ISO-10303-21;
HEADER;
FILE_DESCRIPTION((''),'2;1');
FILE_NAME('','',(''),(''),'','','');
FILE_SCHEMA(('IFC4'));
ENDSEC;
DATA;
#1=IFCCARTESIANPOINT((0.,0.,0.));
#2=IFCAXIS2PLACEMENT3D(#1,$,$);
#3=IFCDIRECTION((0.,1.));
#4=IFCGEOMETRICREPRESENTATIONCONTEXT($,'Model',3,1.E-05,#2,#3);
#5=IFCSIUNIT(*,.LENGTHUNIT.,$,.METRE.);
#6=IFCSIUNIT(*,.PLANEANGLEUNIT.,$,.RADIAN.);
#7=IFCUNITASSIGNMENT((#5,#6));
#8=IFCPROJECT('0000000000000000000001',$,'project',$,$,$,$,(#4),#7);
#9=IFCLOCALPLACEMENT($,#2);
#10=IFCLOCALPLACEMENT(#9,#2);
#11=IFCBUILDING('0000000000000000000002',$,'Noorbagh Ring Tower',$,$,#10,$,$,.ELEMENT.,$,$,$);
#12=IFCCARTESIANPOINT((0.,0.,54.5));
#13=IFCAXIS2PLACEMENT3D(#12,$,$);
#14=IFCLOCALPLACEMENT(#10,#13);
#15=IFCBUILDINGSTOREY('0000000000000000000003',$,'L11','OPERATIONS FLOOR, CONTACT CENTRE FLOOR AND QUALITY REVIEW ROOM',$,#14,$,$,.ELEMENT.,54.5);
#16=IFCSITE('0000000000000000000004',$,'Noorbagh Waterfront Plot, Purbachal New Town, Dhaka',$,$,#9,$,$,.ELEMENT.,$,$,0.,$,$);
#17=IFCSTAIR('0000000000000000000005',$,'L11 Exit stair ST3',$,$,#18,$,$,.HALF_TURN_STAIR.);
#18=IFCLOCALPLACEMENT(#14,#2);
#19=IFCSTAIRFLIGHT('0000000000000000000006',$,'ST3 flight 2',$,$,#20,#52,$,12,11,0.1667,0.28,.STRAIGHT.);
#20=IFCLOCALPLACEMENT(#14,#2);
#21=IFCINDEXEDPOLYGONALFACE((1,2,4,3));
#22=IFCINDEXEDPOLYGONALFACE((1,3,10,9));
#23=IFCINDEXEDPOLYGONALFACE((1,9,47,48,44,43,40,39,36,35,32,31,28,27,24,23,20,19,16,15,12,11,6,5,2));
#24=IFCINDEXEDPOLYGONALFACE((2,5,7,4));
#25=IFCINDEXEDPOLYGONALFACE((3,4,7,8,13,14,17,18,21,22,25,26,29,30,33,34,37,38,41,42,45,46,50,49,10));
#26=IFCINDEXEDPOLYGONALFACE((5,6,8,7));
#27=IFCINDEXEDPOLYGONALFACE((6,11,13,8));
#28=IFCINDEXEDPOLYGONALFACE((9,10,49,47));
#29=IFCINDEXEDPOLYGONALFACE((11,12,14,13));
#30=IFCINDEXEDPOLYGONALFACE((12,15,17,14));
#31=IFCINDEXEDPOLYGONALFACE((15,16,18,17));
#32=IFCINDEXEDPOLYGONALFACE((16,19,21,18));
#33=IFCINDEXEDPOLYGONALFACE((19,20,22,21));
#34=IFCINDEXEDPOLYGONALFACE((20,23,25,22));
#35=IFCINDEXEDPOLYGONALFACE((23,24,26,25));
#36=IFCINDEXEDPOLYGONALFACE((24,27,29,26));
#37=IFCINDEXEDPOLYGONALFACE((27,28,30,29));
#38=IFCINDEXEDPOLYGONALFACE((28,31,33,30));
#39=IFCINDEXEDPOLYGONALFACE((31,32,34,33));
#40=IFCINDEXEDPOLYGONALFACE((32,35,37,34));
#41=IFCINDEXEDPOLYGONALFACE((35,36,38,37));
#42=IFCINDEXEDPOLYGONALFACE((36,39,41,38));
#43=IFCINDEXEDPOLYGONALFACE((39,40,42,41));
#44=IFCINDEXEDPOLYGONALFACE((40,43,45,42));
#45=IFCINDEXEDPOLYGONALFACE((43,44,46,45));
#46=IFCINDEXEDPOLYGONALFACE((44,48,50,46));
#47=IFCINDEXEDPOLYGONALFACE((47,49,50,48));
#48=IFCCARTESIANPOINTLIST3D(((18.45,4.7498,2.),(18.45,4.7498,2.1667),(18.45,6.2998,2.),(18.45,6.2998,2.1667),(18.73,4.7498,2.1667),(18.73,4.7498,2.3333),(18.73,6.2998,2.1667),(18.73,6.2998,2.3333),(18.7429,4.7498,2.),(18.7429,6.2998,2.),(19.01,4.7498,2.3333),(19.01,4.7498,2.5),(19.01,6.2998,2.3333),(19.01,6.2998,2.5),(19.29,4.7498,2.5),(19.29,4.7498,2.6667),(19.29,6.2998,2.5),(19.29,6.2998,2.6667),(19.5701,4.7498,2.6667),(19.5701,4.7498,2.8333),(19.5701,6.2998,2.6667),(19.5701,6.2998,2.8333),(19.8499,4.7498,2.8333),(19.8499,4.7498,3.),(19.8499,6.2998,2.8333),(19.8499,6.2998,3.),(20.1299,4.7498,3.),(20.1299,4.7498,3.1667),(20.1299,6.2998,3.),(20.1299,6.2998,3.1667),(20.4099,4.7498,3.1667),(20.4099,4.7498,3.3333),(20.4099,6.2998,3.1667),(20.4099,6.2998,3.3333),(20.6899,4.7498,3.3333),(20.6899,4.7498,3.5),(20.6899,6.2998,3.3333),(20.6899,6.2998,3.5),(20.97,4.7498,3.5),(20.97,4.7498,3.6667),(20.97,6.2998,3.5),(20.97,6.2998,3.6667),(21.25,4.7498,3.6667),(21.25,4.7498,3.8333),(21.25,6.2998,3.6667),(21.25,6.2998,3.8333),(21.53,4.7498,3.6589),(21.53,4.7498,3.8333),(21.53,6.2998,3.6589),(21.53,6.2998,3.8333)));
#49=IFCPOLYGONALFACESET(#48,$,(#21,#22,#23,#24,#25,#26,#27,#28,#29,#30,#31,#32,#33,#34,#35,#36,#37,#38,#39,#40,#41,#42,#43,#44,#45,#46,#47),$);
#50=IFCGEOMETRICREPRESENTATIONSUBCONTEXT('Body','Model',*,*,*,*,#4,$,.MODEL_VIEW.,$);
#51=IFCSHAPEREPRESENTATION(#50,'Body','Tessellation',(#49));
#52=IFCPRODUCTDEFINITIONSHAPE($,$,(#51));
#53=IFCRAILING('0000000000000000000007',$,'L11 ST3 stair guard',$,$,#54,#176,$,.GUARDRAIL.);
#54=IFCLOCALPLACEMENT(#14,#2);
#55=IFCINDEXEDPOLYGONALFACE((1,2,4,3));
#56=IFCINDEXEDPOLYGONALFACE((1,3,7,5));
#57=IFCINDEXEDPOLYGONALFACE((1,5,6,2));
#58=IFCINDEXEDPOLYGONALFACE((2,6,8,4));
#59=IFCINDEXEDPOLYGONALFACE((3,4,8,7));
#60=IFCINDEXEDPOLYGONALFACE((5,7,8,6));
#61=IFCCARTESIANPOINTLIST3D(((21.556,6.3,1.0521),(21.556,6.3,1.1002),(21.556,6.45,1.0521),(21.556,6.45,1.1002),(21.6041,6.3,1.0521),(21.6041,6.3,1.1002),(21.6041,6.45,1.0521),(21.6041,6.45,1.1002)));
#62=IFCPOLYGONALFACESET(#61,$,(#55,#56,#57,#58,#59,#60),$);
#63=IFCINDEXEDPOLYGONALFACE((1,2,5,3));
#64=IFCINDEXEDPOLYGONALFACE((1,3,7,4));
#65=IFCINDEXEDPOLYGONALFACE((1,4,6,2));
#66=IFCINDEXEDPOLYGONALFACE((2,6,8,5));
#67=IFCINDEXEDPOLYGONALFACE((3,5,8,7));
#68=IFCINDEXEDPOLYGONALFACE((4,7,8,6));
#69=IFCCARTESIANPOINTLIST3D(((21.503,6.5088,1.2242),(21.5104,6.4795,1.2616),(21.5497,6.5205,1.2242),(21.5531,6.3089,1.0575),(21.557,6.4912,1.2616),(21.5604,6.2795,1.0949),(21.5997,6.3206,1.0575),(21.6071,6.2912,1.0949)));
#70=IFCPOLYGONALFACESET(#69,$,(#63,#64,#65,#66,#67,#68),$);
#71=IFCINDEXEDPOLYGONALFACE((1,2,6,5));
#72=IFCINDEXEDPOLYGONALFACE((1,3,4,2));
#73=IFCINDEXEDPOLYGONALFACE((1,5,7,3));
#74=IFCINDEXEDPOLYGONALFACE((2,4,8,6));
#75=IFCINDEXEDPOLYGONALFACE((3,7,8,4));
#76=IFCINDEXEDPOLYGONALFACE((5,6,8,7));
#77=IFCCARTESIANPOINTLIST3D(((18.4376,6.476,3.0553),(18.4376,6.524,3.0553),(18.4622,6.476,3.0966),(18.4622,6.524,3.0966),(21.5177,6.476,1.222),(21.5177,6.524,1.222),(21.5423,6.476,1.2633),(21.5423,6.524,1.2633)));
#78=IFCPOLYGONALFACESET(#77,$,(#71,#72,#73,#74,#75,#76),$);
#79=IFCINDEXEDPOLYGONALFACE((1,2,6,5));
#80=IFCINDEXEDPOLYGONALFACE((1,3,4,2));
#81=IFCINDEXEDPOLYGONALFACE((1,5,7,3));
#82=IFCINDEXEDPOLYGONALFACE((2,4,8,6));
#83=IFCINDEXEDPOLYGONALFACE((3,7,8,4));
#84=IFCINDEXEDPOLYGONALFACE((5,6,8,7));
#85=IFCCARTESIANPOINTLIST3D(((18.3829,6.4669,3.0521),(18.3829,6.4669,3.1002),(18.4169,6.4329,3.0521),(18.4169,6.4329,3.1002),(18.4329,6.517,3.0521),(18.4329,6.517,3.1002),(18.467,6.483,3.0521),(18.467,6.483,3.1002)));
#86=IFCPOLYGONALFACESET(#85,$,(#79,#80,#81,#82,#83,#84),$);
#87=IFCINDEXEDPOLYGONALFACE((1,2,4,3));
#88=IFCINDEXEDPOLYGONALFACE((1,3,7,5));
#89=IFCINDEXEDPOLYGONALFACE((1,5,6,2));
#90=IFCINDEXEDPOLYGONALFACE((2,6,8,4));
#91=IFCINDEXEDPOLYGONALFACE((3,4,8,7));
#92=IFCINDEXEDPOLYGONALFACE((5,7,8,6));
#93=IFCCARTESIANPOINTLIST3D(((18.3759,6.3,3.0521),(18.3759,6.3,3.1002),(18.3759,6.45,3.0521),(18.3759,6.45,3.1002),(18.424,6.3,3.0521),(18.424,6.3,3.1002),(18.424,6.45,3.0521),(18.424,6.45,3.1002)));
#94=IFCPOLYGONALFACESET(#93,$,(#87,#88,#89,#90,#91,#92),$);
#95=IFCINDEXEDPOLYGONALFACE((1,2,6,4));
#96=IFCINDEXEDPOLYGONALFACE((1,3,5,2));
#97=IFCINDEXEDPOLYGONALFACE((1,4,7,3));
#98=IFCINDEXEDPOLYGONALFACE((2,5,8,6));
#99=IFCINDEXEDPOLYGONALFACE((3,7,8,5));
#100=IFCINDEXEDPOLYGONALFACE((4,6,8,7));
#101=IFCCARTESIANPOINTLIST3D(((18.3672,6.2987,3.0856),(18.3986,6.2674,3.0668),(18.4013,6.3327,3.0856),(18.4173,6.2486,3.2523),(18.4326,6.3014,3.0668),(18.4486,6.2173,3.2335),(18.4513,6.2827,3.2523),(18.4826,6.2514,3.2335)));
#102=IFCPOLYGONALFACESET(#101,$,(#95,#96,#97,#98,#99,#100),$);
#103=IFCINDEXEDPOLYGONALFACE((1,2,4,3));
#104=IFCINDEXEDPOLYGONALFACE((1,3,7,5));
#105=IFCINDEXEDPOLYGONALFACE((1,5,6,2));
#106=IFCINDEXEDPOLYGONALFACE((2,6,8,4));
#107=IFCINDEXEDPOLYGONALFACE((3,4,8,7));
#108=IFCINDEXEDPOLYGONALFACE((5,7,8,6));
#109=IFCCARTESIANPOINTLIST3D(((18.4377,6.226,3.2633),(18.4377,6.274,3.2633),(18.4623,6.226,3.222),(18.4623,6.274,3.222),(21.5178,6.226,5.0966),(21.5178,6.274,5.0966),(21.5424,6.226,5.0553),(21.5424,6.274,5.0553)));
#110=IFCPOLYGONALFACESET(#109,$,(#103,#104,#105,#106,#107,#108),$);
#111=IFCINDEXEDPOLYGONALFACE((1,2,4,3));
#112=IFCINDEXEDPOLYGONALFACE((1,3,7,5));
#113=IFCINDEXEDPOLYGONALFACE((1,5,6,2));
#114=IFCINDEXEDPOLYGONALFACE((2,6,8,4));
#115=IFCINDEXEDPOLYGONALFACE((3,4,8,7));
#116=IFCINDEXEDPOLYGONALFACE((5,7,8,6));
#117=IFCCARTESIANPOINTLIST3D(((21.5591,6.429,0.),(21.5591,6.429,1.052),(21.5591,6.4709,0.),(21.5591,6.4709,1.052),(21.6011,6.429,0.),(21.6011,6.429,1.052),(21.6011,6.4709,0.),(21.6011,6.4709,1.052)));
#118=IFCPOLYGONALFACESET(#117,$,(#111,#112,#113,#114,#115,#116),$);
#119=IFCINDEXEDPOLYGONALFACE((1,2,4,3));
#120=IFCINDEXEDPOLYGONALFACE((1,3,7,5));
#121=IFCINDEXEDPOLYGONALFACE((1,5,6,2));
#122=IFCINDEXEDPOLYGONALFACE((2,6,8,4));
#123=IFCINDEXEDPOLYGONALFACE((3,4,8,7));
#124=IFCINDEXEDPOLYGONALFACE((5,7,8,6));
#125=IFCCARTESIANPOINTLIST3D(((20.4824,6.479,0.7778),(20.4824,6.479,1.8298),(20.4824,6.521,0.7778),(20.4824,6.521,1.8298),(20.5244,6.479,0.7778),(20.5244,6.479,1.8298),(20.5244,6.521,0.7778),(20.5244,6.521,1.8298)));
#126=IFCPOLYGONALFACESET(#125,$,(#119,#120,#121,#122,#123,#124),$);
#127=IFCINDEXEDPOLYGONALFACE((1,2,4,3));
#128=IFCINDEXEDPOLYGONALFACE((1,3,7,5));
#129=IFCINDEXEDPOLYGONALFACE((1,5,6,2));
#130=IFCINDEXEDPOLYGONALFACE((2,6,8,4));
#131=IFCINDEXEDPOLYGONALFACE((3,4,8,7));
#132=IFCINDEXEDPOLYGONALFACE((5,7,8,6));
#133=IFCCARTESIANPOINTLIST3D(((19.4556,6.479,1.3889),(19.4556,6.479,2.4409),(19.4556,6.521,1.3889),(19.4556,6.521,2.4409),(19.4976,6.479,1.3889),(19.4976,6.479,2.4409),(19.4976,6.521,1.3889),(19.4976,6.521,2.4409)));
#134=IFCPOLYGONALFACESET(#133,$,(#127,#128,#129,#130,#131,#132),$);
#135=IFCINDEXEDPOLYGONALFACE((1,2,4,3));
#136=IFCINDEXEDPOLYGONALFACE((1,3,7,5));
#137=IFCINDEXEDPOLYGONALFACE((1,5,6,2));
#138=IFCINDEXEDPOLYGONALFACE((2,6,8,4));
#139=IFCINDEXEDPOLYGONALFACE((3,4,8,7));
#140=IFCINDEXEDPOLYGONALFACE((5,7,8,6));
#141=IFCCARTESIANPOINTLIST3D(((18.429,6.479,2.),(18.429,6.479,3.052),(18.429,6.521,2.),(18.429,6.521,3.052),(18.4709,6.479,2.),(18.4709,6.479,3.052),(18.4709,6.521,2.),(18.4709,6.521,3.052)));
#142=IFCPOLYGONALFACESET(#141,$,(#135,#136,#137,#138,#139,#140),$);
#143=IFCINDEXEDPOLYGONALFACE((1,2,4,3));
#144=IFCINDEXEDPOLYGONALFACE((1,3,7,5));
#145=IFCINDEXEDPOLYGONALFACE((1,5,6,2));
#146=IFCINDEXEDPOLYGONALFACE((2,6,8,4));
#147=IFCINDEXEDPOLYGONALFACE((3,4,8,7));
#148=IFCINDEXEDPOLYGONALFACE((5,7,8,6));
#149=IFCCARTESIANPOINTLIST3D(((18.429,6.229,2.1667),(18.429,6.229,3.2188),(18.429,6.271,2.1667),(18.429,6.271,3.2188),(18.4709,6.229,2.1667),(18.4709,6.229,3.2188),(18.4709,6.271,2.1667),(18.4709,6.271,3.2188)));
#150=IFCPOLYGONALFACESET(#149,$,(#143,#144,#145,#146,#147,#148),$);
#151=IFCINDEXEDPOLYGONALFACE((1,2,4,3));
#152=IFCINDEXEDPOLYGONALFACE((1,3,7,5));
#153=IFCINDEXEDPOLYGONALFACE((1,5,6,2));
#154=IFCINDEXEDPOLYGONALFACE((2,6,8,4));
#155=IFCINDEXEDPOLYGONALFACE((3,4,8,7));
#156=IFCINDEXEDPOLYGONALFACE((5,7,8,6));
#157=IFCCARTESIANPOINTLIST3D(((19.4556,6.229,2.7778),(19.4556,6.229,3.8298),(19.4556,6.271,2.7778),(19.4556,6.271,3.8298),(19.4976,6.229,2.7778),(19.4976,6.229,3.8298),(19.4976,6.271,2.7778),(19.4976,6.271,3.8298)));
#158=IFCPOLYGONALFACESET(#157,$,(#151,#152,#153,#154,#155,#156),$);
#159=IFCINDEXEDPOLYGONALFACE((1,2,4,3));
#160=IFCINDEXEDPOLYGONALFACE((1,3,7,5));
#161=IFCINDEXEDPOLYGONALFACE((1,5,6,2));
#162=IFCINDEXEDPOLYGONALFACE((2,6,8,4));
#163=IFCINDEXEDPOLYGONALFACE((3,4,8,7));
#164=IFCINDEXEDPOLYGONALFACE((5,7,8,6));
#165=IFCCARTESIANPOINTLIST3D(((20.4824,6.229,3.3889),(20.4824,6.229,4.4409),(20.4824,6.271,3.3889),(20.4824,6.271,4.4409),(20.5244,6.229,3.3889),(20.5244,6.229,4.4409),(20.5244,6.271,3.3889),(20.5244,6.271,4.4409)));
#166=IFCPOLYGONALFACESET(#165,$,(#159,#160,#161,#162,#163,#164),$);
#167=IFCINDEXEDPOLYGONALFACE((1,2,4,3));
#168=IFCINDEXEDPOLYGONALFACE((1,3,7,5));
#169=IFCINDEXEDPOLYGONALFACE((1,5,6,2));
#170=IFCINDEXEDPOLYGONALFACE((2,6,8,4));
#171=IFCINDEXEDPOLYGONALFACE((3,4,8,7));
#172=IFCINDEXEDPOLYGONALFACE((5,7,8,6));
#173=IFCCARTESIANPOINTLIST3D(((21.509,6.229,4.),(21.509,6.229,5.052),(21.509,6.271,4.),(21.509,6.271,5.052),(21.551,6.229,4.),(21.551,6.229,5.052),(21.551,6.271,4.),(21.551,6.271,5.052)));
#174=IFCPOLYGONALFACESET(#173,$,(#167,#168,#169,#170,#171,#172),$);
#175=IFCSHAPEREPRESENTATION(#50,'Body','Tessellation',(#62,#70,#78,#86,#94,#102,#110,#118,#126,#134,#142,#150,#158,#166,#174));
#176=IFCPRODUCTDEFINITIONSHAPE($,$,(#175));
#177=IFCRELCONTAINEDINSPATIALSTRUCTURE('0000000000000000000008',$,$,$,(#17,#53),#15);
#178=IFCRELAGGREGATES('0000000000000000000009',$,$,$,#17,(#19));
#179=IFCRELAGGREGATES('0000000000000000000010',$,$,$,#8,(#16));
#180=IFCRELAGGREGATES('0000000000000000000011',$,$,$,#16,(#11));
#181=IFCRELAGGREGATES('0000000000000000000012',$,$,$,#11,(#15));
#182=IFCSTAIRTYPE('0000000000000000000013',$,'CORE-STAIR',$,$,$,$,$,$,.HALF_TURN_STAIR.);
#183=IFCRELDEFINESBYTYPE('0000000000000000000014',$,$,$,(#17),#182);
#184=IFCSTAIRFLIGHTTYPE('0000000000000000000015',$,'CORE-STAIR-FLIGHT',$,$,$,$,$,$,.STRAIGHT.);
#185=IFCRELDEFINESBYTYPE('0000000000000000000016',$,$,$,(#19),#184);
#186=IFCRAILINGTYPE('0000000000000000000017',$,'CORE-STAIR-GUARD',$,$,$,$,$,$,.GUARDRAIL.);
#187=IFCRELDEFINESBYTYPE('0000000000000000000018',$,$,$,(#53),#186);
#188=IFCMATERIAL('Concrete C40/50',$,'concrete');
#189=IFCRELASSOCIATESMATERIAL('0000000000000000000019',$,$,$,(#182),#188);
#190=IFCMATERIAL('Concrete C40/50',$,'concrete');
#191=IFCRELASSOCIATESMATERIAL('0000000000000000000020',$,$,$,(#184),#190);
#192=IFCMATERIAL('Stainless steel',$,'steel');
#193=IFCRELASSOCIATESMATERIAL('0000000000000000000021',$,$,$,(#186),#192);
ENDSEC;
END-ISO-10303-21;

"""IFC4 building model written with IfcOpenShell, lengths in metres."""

from ifc_helpers import new_model, si_unit, direction, frame, origin, origin_2d, place, context, subcontext, project, spatial, polyline, rectangle, outline, extrude, material, type_object, element, aggregate, save


model = new_model("IFC4")

# Units and contexts
model_context = context("Model", 3, precision=1e-05, world=origin(), true_north=direction((0.0, 1.0)))
body_context = subcontext(model_context, "Body", "Model", "MODEL_VIEW")
ifc_project = project(units=[si_unit("LENGTHUNIT", "METRE"), si_unit("PLANEANGLEUNIT", "RADIAN")], contexts=[model_context])

# Site, building, storey
site_placement = place(None, origin())
site = spatial("IfcSite", under=ifc_project, at=site_placement, Name="Noorbagh Waterfront Plot, Purbachal New Town, Dhaka", CompositionType="ELEMENT", RefElevation=0.0)
building_placement = place(site_placement, origin())
building = spatial("IfcBuilding", under=site, at=building_placement, Name="Noorbagh Ring Tower", CompositionType="ELEMENT")
storey_placement = place(building_placement, frame((0.0, 0.0, 54.5)))
storey = spatial("IfcBuildingStorey", under=building, at=storey_placement, Name="L11", Description="OPERATIONS FLOOR, CONTACT CENTRE FLOOR AND QUALITY REVIEW ROOM", CompositionType="ELEMENT", Elevation=54.5)

# Stair, stair flight
ifc_material_1 = material(Name="Concrete C40/50", Category="concrete")
stair_type = type_object("IfcStairType", Name="CORE-STAIR", PredefinedType="HALF_TURN_STAIR", material=ifc_material_1)
stair_placement = place(storey_placement, origin())
stair = element("IfcStair", 1, at=stair_placement, inside=storey, type_object=stair_type, Name="L11 Exit stair ST3", PredefinedType="HALF_TURN_STAIR")
ifc_material_2 = material(Name="Concrete C40/50", Category="concrete")
stair_flight_type = type_object("IfcStairFlightType", Name="CORE-STAIR-FLIGHT", PredefinedType="STRAIGHT", material=ifc_material_2)
stair_flight_1_placement = place(storey_placement, frame((18.45, 5.5249, 2.0), z_axis=(0.0, 0.0, 1.0), x_axis=(1.0, 0.0, 0.0)))
stair_flight_1 = element("IfcStairFlight", 2, at=stair_flight_1_placement, type_object=stair_flight_type, Name="ST3 flight 2", NumberOfRisers=12, NumberOfTreads=11, PredefinedType="STRAIGHT", RiserHeight=0.1667, TreadLength=0.28, context=body_context, shape_type="SweptSolid", body=[
    extrude(outline(polyline([(0.0, 0.0), (0.0, 0.1667), (0.28, 0.1667), (0.28, 0.3333), (0.5601, 0.3333), (0.5601, 0.5), (0.8401, 0.5), (0.8401, 0.6667), (1.1201, 0.6667), (1.1201, 0.8333), (1.3999, 0.8333), (1.3999, 1.0), (1.6799, 1.0), (1.6799, 1.1667), (1.96, 1.1667), (1.96, 1.3333), (2.24, 1.3333), (2.24, 1.5), (2.52, 1.5), (2.52, 1.6667), (2.8, 1.6667), (2.8, 1.8333), (3.0801, 1.8333), (3.0801, 2.0), (3.0801, 1.6589), (0.293, 0.0), (0.0, 0.0)])), frame((0.0, 0.7749, 0.0), z_axis=(0.0, -1.0, 0.0), x_axis=(1.0, 0.0, 0.0)), (0.0, 0.0, 1.0), 1.55),
])
aggregate(stair, [stair_flight_1])

# Railing
ifc_material_3 = material(Name="Stainless steel", Category="steel")
railing_type_1 = type_object("IfcRailingType", Name="CORE-STAIR-GUARD", PredefinedType="GUARDRAIL", material=ifc_material_3)
railing_1_placement = place(storey_placement, frame((21.5801, 6.45, 0.0)))
element("IfcRailing", 3, at=railing_1_placement, inside=storey, type_object=railing_type_1, Name="L11 ST3 stair guard", PredefinedType="GUARDRAIL", context=body_context, shape_type="SweptSolid", body=[
    extrude(rectangle(XDim=0.0481, YDim=0.0481, at=origin_2d()), frame((0.0, 0.0, 1.0762), z_axis=(0.0, -1.0, 0.0), x_axis=(1.0, 0.0, 0.0)), (0.0, 0.0, 1.0), 0.1499),
    extrude(rectangle(XDim=0.0481, YDim=0.0481, at=origin_2d()), frame((0.0, -0.1499, 1.0762), z_axis=(-0.188776, 0.754182, 0.628946), x_axis=(-0.970073, -0.242814, 0.0)), (0.0, 0.0, 1.0), 0.2651),
    extrude(rectangle(XDim=0.0481, YDim=0.0481, at=origin_2d()), frame((-0.05, 0.05, 1.2427), z_axis=(-0.859309, 0.0, 0.511458), x_axis=(0.0, -1.0, 0.0)), (0.0, 0.0, 1.0), 3.5845),
    extrude(rectangle(XDim=0.0481, YDim=0.0481, at=origin_2d()), frame((-3.1301, 0.05, 3.0762), z_axis=(-0.707107, -0.707107, 0.0), x_axis=(0.707107, -0.707107, 0.0)), (0.0, 0.0, 1.0), 0.0708),
    extrude(rectangle(XDim=0.0481, YDim=0.0481, at=origin_2d()), frame((-3.1802, 0.0, 3.0762), z_axis=(0.0, -1.0, 0.0), x_axis=(1.0, 0.0, 0.0)), (0.0, 0.0, 1.0), 0.1499),
    extrude(rectangle(XDim=0.0481, YDim=0.0481, at=origin_2d()), frame((-3.1802, -0.1499, 3.0762), z_axis=(0.276287, -0.276287, 0.920506), x_axis=(0.707107, 0.707107, 0.0)), (0.0, 0.0, 1.0), 0.1812),
    extrude(rectangle(XDim=0.0481, YDim=0.0481, at=origin_2d()), frame((-3.1301, -0.2, 3.2427), z_axis=(0.859309, 0.0, 0.511458), x_axis=(0.0, 1.0, 0.0)), (0.0, 0.0, 1.0), 3.5845),
    extrude(rectangle(XDim=0.042, YDim=0.042, at=origin_2d()), origin(), (0.0, 0.0, 1.0), 1.052),
    extrude(rectangle(XDim=0.042, YDim=0.042, at=origin_2d()), frame((-1.0767, 0.05, 0.7778)), (0.0, 0.0, 1.0), 1.052),
    extrude(rectangle(XDim=0.042, YDim=0.042, at=origin_2d()), frame((-2.1035, 0.05, 1.3889)), (0.0, 0.0, 1.0), 1.052),
    extrude(rectangle(XDim=0.042, YDim=0.042, at=origin_2d()), frame((-3.1301, 0.05, 2.0)), (0.0, 0.0, 1.0), 1.052),
    extrude(rectangle(XDim=0.042, YDim=0.042, at=origin_2d()), frame((-3.1301, -0.2, 2.1667)), (0.0, 0.0, 1.0), 1.052),
    extrude(rectangle(XDim=0.042, YDim=0.042, at=origin_2d()), frame((-2.1035, -0.2, 2.7778)), (0.0, 0.0, 1.0), 1.052),
    extrude(rectangle(XDim=0.042, YDim=0.042, at=origin_2d()), frame((-1.0767, -0.2, 3.3889)), (0.0, 0.0, 1.0), 1.052),
    extrude(rectangle(XDim=0.042, YDim=0.042, at=origin_2d()), frame((-0.05, -0.2, 4.0)), (0.0, 0.0, 1.0), 1.052),
])

save(model, "model.ifc")
